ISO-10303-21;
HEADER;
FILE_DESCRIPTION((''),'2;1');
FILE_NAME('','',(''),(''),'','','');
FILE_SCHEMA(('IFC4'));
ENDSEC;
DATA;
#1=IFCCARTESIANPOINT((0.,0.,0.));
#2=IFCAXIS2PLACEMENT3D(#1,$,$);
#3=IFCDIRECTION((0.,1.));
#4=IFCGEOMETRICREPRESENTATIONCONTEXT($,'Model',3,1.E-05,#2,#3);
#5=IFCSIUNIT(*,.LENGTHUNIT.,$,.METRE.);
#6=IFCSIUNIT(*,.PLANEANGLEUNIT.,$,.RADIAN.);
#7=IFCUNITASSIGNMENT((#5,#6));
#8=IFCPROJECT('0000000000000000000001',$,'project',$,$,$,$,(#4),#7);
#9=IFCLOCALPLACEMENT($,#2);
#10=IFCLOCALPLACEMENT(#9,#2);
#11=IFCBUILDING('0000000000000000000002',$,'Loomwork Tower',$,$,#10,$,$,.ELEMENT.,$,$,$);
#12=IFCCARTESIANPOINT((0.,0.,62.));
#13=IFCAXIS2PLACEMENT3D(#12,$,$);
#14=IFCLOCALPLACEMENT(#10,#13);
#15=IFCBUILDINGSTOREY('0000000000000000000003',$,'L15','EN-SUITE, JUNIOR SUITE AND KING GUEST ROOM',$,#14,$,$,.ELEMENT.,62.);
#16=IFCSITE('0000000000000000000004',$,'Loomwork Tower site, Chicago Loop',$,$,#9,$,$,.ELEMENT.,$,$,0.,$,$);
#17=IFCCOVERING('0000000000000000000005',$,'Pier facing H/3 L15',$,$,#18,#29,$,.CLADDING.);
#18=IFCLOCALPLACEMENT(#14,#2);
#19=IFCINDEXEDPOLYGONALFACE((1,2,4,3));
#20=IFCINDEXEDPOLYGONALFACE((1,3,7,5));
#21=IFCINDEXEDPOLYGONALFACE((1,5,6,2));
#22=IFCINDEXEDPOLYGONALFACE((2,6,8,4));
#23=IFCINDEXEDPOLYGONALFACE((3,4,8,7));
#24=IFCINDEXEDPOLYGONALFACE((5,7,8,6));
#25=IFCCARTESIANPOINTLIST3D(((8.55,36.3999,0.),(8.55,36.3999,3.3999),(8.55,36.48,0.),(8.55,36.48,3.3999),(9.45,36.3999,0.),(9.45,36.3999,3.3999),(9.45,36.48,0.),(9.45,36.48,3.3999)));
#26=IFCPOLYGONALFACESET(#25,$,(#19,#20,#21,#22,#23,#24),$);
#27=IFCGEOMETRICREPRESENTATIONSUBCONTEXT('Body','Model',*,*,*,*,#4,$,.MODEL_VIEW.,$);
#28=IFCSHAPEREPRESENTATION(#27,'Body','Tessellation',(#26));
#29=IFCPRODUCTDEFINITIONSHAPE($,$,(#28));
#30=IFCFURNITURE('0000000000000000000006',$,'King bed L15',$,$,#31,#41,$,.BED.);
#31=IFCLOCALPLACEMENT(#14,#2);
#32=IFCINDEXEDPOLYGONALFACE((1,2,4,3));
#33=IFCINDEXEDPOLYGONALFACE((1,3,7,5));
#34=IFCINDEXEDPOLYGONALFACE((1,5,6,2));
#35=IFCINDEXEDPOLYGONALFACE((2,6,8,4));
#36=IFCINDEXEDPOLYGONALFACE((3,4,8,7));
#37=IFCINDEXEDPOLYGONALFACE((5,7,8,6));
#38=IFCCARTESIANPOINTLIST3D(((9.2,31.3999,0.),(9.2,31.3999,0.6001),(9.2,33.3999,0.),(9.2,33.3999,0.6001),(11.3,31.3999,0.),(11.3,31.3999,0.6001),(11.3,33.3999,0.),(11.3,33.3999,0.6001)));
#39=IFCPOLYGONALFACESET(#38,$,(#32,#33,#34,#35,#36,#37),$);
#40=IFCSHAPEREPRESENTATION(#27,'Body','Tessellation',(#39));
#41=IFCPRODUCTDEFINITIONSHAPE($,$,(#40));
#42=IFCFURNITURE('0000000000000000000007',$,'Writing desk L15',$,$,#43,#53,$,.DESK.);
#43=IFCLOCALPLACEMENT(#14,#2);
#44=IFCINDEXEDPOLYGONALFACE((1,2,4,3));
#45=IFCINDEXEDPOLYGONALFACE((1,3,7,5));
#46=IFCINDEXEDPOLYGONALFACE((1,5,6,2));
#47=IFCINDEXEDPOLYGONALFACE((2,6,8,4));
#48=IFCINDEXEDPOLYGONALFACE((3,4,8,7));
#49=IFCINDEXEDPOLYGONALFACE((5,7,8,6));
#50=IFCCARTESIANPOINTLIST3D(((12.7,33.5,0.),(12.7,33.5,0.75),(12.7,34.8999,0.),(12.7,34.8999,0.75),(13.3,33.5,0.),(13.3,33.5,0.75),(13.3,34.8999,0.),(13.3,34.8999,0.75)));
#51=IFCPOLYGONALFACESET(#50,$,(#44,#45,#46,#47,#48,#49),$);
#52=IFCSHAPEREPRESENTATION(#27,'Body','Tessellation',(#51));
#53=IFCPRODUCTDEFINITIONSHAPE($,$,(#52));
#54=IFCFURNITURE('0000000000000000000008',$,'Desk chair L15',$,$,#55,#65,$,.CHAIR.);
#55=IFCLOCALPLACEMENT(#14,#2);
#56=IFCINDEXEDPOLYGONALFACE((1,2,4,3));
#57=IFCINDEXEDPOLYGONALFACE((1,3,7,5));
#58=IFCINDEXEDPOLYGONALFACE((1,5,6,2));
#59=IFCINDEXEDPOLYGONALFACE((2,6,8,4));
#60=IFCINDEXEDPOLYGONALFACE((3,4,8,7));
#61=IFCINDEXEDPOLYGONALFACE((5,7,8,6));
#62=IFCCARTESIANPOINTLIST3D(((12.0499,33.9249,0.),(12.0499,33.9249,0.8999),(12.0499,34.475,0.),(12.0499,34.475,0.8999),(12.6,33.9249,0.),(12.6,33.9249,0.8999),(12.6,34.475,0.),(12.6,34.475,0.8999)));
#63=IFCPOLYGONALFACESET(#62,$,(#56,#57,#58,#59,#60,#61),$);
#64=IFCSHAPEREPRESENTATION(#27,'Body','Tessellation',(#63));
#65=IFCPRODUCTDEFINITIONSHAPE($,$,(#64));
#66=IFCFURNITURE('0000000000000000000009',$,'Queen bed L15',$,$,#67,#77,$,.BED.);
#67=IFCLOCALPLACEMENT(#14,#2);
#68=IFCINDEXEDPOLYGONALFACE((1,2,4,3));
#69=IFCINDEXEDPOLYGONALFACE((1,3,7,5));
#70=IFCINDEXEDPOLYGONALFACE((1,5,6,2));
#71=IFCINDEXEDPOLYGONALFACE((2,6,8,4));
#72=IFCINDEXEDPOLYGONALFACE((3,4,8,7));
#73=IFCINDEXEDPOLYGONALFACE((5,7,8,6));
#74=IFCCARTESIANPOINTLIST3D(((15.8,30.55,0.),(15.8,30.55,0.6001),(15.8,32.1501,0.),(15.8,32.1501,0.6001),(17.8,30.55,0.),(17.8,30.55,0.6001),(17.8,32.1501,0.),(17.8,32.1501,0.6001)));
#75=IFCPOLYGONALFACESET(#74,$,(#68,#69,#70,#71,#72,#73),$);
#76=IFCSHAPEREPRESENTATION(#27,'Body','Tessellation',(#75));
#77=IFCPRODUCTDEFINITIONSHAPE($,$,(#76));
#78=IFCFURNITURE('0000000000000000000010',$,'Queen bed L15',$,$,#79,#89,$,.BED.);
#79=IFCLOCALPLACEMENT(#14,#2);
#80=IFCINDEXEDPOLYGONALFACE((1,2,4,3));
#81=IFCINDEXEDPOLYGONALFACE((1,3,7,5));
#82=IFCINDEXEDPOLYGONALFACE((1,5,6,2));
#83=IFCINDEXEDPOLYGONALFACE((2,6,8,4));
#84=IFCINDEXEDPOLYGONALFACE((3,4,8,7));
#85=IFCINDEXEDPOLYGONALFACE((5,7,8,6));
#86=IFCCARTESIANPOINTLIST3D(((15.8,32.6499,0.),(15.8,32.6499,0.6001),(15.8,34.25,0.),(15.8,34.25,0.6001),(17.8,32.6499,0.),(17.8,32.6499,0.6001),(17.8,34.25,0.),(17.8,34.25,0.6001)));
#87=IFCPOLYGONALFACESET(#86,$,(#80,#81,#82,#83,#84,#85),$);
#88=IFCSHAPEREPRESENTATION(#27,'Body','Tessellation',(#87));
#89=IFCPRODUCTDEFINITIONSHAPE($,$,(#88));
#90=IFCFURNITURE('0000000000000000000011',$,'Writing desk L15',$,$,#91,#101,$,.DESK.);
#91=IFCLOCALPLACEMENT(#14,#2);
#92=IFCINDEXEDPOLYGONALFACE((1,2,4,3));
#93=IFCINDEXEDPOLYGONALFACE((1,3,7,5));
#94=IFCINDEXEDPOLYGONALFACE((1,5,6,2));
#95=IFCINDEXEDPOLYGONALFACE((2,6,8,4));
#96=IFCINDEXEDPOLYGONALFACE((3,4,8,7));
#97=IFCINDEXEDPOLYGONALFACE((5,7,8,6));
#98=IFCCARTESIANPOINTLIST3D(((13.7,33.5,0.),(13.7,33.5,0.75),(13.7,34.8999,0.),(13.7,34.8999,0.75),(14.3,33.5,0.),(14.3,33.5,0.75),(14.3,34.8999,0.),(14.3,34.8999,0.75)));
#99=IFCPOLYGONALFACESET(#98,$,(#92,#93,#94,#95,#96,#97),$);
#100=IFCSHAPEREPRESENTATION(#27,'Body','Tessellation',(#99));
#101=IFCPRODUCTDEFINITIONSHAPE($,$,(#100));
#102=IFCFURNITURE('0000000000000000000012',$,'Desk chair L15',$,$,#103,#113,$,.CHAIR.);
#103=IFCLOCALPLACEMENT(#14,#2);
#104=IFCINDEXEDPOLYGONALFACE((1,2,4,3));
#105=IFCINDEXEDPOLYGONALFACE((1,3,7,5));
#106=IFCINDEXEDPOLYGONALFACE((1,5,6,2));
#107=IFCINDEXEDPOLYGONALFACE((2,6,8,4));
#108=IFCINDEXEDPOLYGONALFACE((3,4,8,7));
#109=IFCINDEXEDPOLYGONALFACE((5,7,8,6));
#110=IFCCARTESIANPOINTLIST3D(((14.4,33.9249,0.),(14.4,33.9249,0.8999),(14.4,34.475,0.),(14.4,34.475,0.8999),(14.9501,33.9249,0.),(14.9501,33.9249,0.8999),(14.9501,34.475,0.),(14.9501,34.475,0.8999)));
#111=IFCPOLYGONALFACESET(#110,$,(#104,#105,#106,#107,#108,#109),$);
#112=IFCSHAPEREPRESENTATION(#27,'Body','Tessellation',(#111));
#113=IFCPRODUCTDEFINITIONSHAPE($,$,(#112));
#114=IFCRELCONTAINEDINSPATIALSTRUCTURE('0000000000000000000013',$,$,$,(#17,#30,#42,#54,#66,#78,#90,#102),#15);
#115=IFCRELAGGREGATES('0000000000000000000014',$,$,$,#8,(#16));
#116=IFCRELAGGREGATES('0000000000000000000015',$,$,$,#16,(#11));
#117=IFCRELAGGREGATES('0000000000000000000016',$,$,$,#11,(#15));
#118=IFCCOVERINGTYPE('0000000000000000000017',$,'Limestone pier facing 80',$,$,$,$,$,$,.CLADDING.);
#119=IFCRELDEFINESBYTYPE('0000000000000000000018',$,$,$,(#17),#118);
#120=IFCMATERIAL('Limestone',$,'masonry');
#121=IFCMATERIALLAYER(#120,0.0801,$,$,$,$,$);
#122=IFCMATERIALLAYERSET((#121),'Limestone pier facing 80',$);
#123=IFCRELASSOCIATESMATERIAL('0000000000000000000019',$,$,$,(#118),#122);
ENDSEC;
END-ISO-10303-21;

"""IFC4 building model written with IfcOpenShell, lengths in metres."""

from ifc_helpers import new_model, si_unit, direction, frame, origin, origin_2d, place, context, subcontext, project, spatial, rectangle, extrude, material, layer, layer_set, type_object, element, save


model = new_model("IFC4")

# Units and contexts
model_context = context("Model", 3, precision=1e-05, world=origin(), true_north=direction((0.0, 1.0)))
body_context = subcontext(model_context, "Body", "Model", "MODEL_VIEW")
ifc_project = project(units=[si_unit("LENGTHUNIT", "METRE"), si_unit("PLANEANGLEUNIT", "RADIAN")], contexts=[model_context])

# Site, building, storey
site_placement = place(None, origin())
site = spatial("IfcSite", under=ifc_project, at=site_placement, Name="Loomwork Tower site, Chicago Loop", CompositionType="ELEMENT", RefElevation=0.0)
building_placement = place(site_placement, origin())
building = spatial("IfcBuilding", under=site, at=building_placement, Name="Loomwork Tower", CompositionType="ELEMENT")
storey_placement = place(building_placement, frame((0.0, 0.0, 62.0)))
storey = spatial("IfcBuildingStorey", under=building, at=storey_placement, Name="L15", Description="EN-SUITE, JUNIOR SUITE AND KING GUEST ROOM", CompositionType="ELEMENT", Elevation=62.0)

# Covering
ifc_material_1 = material(Name="Limestone", Category="masonry")
ifc_layer_1 = layer(ifc_material_1, 0.0801)
ifc_layer_set_1 = layer_set([ifc_layer_1], Name="Limestone pier facing 80")
covering_type = type_object("IfcCoveringType", Name="Limestone pier facing 80", PredefinedType="CLADDING", material=ifc_layer_set_1)
covering_placement = place(storey_placement, frame((9.0, 36.4399, 0.0), z_axis=(0.0, 0.0, 1.0), x_axis=(1.0, 0.0, 0.0)))
element("IfcCovering", 1, at=covering_placement, inside=storey, type_object=covering_type, Name="Pier facing H/3 L15", PredefinedType="CLADDING", context=body_context, shape_type="SweptSolid", body=[
    extrude(rectangle(XDim=0.8999, YDim=0.0801, at=origin_2d()), origin(), (0.0, 0.0, 1.0), 3.3999),
])

# Furniture
furniture_1_placement = place(storey_placement, frame((10.25, 32.3999, 0.0), z_axis=(0.0, 0.0, 1.0), x_axis=(1.0, 0.0, 0.0)))
element("IfcFurniture", 2, at=furniture_1_placement, inside=storey, Name="King bed L15", PredefinedType="BED", context=body_context, shape_type="SweptSolid", body=[
    extrude(rectangle(XDim=2.1001, YDim=2.0, at=origin_2d()), origin(), (0.0, 0.0, 1.0), 0.6001),
])
furniture_2_placement = place(storey_placement, frame((13.0, 34.2, 0.0), z_axis=(0.0, 0.0, 1.0), x_axis=(1.0, 0.0, 0.0)))
element("IfcFurniture", 3, at=furniture_2_placement, inside=storey, Name="Writing desk L15", PredefinedType="DESK", context=body_context, shape_type="SweptSolid", body=[
    extrude(rectangle(XDim=0.6001, YDim=1.3999, at=origin_2d()), origin(), (0.0, 0.0, 1.0), 0.75),
])
furniture_3_placement = place(storey_placement, frame((12.325, 34.2, 0.0), z_axis=(0.0, 0.0, 1.0), x_axis=(1.0, 0.0, 0.0)))
element("IfcFurniture", 4, at=furniture_3_placement, inside=storey, Name="Desk chair L15", PredefinedType="CHAIR", context=body_context, shape_type="SweptSolid", body=[
    extrude(rectangle(XDim=0.55, YDim=0.55, at=origin_2d()), origin(), (0.0, 0.0, 1.0), 0.8999),
])
for number, where, z_axis, x_axis, name in (
    (5, (16.8, 31.3501, 0.0), (0.0, 0.0, 1.0), (1.0, 0.0, 0.0), "Queen bed L15"),
    (6, (16.8, 33.45, 0.0), (0.0, 0.0, 1.0), (1.0, 0.0, 0.0), "Queen bed L15"),
):
    element("IfcFurniture", number, at=place(storey_placement, frame(where, z_axis=z_axis, x_axis=x_axis)), inside=storey, Name=name, PredefinedType="BED", context=body_context, shape_type="SweptSolid", body=[
        extrude(rectangle(XDim=2.0, YDim=1.6001, at=origin_2d()), origin(), (0.0, 0.0, 1.0), 0.6001),
    ])
furniture_4_placement = place(storey_placement, frame((14.0, 34.2, 0.0), z_axis=(0.0, 0.0, 1.0), x_axis=(1.0, 0.0, 0.0)))
element("IfcFurniture", 7, at=furniture_4_placement, inside=storey, Name="Writing desk L15", PredefinedType="DESK", context=body_context, shape_type="SweptSolid", body=[
    extrude(rectangle(XDim=0.6001, YDim=1.3999, at=origin_2d()), origin(), (0.0, 0.0, 1.0), 0.75),
])
furniture_5_placement = place(storey_placement, frame((14.675, 34.2, 0.0), z_axis=(0.0, 0.0, 1.0), x_axis=(1.0, 0.0, 0.0)))
element("IfcFurniture", 8, at=furniture_5_placement, inside=storey, Name="Desk chair L15", PredefinedType="CHAIR", context=body_context, shape_type="SweptSolid", body=[
    extrude(rectangle(XDim=0.55, YDim=0.55, at=origin_2d()), origin(), (0.0, 0.0, 1.0), 0.8999),
])

save(model, "model.ifc")
